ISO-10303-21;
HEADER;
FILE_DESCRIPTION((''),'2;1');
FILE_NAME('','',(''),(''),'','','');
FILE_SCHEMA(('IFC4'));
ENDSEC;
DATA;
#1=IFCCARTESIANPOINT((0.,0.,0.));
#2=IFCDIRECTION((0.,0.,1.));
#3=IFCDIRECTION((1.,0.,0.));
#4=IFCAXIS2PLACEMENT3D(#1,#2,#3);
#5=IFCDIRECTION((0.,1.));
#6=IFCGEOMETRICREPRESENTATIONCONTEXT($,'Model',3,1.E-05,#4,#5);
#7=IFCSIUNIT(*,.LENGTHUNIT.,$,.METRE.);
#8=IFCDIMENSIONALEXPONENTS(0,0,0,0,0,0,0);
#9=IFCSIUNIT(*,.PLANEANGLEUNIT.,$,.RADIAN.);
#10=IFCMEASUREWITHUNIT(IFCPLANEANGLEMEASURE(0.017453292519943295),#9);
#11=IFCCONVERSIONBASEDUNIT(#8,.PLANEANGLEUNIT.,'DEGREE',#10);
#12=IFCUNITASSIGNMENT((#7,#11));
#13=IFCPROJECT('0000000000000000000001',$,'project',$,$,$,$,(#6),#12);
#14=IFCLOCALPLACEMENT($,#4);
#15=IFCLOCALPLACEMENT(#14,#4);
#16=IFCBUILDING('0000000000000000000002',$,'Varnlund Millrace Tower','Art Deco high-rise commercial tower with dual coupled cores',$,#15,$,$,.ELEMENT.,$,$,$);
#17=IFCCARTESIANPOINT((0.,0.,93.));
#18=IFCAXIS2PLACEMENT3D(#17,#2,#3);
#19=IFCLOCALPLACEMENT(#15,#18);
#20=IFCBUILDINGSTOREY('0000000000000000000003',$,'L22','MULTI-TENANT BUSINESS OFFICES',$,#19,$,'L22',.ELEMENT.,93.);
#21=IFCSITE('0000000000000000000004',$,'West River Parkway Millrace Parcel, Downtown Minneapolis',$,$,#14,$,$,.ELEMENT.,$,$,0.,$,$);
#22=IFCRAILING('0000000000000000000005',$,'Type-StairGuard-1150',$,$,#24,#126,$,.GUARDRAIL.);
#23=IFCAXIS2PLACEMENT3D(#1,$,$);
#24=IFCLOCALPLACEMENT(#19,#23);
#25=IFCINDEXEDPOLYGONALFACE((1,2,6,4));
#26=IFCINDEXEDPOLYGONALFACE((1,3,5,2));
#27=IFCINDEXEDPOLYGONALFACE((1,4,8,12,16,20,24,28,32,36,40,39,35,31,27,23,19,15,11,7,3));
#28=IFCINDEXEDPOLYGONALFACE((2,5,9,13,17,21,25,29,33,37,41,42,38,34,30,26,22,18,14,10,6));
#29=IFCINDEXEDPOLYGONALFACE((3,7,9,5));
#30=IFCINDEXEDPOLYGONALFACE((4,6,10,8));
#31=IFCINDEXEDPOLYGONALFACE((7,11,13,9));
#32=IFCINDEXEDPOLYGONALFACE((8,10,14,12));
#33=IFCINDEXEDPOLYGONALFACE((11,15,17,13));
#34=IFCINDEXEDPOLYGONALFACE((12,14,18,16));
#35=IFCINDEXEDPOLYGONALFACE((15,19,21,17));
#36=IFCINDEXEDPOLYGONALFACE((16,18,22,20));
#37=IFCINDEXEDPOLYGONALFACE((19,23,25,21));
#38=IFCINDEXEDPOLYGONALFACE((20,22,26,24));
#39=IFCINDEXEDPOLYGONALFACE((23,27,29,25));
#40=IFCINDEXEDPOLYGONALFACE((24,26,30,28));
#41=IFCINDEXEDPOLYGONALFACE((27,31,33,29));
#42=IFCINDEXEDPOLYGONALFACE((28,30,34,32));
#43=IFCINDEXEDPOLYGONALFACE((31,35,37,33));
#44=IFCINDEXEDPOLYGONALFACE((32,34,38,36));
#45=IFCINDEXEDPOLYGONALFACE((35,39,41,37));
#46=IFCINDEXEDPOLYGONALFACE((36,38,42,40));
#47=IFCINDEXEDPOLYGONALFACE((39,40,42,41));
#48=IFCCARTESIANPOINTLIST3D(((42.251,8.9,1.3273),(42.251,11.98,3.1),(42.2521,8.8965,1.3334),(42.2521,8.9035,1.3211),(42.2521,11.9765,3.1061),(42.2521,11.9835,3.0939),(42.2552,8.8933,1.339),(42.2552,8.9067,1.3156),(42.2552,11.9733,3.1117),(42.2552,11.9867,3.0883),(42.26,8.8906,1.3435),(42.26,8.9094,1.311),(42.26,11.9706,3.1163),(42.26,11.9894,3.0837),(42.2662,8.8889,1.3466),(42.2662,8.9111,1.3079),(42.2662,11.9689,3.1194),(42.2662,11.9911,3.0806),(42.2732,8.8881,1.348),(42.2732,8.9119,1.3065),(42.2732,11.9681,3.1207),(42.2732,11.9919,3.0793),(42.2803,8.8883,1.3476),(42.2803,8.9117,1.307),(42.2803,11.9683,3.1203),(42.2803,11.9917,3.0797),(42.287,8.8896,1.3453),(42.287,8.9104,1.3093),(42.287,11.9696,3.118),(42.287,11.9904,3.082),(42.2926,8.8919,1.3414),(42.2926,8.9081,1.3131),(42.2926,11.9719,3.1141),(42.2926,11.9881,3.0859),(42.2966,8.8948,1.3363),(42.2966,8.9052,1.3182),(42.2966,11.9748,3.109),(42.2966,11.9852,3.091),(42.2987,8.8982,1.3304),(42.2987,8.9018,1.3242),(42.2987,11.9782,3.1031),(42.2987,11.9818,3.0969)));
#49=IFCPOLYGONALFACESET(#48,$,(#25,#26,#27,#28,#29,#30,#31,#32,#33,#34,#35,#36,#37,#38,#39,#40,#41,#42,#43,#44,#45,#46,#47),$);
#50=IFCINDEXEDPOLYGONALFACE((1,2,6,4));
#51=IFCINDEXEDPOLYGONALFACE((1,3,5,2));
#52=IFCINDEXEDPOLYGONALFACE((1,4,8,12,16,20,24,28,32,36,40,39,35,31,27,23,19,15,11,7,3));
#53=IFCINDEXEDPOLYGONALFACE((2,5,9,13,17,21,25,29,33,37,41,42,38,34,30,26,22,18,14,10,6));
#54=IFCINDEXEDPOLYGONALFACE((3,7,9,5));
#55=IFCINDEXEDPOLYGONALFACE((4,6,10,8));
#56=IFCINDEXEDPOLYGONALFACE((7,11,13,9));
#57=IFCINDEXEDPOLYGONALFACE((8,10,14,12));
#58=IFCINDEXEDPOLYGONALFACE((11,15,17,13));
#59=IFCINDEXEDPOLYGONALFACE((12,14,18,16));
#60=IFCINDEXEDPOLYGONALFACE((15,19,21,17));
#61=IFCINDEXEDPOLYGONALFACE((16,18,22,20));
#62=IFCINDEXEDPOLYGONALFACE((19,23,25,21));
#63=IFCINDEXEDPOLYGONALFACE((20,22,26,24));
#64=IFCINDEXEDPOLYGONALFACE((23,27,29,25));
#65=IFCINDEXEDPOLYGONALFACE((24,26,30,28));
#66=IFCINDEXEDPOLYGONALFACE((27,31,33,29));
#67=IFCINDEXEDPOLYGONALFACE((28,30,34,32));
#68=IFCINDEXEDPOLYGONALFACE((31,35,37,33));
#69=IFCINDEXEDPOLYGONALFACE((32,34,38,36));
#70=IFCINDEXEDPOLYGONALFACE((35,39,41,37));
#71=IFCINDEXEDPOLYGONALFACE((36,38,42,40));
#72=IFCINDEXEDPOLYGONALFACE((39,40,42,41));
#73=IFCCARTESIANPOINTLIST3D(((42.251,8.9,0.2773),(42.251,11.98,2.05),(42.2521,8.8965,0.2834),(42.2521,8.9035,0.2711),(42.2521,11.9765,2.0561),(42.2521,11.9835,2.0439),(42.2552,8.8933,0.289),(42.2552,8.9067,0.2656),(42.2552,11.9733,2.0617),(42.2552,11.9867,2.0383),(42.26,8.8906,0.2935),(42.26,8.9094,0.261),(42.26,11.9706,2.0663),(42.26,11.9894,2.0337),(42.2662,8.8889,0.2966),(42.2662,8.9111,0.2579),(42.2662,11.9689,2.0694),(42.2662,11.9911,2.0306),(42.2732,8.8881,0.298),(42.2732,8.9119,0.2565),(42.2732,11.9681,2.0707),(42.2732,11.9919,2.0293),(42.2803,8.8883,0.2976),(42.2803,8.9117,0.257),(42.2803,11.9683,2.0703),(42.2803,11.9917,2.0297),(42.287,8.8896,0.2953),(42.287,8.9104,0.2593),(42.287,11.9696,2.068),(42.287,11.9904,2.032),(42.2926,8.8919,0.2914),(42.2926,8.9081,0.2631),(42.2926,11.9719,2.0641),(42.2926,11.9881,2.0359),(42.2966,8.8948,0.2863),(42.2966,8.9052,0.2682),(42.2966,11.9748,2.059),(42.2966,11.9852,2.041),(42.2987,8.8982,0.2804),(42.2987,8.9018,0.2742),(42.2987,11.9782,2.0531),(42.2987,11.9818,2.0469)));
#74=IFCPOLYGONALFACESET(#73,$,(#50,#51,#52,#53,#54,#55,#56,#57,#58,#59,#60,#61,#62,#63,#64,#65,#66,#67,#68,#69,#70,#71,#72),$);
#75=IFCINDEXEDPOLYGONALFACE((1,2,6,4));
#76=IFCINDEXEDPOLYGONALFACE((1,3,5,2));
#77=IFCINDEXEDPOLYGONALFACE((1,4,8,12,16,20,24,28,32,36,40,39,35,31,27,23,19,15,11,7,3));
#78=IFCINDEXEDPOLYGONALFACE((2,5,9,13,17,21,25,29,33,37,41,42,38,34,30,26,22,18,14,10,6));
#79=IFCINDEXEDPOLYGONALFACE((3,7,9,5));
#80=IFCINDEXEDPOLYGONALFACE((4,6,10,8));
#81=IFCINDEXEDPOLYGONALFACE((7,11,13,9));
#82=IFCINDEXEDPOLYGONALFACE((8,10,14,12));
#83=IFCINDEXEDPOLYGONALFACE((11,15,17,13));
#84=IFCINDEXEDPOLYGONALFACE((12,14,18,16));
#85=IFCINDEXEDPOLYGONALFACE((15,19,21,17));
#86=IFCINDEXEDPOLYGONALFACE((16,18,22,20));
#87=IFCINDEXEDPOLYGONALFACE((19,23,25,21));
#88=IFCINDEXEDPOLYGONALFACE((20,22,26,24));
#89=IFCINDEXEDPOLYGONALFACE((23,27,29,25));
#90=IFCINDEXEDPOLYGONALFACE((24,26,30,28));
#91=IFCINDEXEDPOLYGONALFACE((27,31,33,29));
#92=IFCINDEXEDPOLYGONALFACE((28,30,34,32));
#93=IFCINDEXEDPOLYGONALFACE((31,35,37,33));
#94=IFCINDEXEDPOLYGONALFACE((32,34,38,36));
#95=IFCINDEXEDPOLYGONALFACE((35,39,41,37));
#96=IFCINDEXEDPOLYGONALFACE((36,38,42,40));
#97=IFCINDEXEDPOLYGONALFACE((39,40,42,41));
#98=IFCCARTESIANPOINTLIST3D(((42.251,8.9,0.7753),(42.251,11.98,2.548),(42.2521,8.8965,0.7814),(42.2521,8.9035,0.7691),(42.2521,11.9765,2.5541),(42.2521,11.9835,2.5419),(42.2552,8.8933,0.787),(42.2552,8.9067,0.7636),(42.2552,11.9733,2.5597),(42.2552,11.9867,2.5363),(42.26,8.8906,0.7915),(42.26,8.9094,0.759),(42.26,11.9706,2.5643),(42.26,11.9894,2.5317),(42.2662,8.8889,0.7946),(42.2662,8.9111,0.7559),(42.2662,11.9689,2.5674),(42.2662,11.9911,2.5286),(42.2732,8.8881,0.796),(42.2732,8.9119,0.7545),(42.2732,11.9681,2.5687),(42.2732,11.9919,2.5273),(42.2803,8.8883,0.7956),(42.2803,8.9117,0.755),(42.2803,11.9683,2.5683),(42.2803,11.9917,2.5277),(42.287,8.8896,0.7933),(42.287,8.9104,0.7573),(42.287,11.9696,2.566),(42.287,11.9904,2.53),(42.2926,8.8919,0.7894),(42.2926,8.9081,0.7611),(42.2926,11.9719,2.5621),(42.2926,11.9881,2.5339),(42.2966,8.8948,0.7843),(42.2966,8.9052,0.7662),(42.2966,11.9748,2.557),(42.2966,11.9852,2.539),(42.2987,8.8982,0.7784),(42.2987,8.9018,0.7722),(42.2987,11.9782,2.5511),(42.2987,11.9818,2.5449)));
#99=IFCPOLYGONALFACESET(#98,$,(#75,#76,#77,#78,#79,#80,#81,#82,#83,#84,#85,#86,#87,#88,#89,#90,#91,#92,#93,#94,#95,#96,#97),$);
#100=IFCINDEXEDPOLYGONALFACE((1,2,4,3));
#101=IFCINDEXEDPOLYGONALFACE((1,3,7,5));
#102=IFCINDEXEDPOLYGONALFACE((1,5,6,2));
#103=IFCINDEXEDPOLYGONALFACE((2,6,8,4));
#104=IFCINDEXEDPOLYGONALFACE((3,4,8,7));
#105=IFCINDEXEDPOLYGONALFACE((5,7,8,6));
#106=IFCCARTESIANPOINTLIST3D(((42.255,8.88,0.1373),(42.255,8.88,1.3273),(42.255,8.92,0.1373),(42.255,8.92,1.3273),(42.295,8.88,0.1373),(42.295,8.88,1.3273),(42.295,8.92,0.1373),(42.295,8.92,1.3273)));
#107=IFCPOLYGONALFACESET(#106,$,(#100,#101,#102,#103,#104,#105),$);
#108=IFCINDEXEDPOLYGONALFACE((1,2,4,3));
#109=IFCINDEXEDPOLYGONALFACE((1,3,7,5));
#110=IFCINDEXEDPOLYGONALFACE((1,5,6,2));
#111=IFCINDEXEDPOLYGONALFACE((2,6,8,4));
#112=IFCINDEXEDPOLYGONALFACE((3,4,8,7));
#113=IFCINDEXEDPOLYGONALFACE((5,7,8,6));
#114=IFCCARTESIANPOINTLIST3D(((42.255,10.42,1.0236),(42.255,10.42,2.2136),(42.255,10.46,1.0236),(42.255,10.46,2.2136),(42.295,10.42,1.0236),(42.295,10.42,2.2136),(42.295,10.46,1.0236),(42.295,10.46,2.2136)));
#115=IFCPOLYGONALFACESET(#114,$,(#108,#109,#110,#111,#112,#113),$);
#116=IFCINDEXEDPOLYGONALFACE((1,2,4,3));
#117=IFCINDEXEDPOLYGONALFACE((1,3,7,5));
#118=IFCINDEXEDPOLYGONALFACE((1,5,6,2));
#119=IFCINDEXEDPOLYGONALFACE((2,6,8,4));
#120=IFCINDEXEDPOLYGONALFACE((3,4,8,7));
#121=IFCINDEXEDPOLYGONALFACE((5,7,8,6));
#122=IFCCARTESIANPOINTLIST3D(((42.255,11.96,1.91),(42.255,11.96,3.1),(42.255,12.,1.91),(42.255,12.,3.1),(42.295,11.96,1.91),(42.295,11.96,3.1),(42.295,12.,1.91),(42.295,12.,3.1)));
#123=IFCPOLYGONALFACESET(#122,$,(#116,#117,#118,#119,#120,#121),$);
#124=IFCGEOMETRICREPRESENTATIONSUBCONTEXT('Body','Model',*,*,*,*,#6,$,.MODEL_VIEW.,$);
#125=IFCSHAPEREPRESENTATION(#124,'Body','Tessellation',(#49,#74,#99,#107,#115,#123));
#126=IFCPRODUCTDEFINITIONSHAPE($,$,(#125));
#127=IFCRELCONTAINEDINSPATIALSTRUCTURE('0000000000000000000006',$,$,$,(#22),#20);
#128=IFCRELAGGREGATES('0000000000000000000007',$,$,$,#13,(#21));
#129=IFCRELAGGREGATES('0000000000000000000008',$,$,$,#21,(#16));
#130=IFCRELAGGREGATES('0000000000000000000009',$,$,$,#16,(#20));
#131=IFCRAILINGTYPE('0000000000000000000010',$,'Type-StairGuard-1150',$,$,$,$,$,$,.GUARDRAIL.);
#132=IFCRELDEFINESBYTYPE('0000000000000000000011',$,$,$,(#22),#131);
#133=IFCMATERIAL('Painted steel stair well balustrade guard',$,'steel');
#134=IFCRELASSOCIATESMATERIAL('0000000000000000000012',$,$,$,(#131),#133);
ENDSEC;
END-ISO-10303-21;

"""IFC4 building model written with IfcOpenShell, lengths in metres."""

from ifc_helpers import new_model, entity, si_unit, converted_unit, direction, frame, origin_with_axes, origin_2d_with_axis, place, context, subcontext, project, spatial, rectangle, circle, extrude, material, type_object, element, save


model = new_model("IFC4")

# Units and contexts
model_context = context("Model", 3, precision=1e-05, world=origin_with_axes(), true_north=direction((0.0, 1.0)))
body_context = subcontext(model_context, "Body", "Model", "MODEL_VIEW")
ifc_project = project(units=[si_unit("LENGTHUNIT", "METRE"), converted_unit("PLANEANGLEUNIT", "DEGREE", entity("IfcPlaneAngleMeasure", 0.017453292519943295), si_unit("PLANEANGLEUNIT", "RADIAN"), dimensions=[0, 0, 0, 0, 0, 0, 0])], contexts=[model_context])

# Site, building, storey
site_placement = place(None, origin_with_axes())
site = spatial("IfcSite", under=ifc_project, at=site_placement, Name="West River Parkway Millrace Parcel, Downtown Minneapolis", CompositionType="ELEMENT", RefElevation=0.0)
building_placement = place(site_placement, origin_with_axes())
building = spatial("IfcBuilding", under=site, at=building_placement, Name="Varnlund Millrace Tower", Description="Art Deco high-rise commercial tower with dual coupled cores", CompositionType="ELEMENT")
storey_placement = place(building_placement, frame((0.0, 0.0, 93.0), z_axis=(0.0, 0.0, 1.0), x_axis=(1.0, 0.0, 0.0)))
storey = spatial("IfcBuildingStorey", under=building, at=storey_placement, Name="L22", Description="MULTI-TENANT BUSINESS OFFICES", LongName="L22", CompositionType="ELEMENT", Elevation=93.0)

# Railing
ifc_material_1 = material(Name="Painted steel stair well balustrade guard", Category="steel")
railing_type_1 = type_object("IfcRailingType", Name="Type-StairGuard-1150", PredefinedType="GUARDRAIL", material=ifc_material_1)
railing_1_placement = place(storey_placement, frame((0.0, 0.0, -93.0), z_axis=(0.0, 0.0, 1.0), x_axis=(1.0, 0.0, 0.0)))
element("IfcRailing", 1, at=railing_1_placement, inside=storey, type_object=railing_type_1, Name="Type-StairGuard-1150", PredefinedType="GUARDRAIL", context=body_context, shape_type="SweptSolid", body=[
    extrude(circle(Radius=0.024, at=origin_2d_with_axis()), frame((42.275, 8.9, 94.3273), z_axis=(0.0, 0.866696, 0.498836), x_axis=(-1.0, 0.0, 0.0)), (0.0, 0.0, 1.0), 3.5537),
    extrude(circle(Radius=0.024, at=origin_2d_with_axis()), frame((42.275, 8.9, 93.2773), z_axis=(0.0, 0.866696, 0.498836), x_axis=(-1.0, 0.0, 0.0)), (0.0, 0.0, 1.0), 3.5537),
    extrude(circle(Radius=0.024, at=origin_2d_with_axis()), frame((42.275, 8.9, 93.7753), z_axis=(0.0, 0.866696, 0.498836), x_axis=(-1.0, 0.0, 0.0)), (0.0, 0.0, 1.0), 3.5537),
    extrude(rectangle(XDim=0.04, YDim=0.04, at=origin_2d_with_axis()), frame((42.275, 8.9, 93.1373), z_axis=(0.0, 0.0, 1.0), x_axis=(1.0, 0.0, 0.0)), (0.0, 0.0, 1.0), 1.19),
    extrude(rectangle(XDim=0.04, YDim=0.04, at=origin_2d_with_axis()), frame((42.275, 10.44, 94.0236), z_axis=(0.0, 0.0, 1.0), x_axis=(1.0, 0.0, 0.0)), (0.0, 0.0, 1.0), 1.19),
    extrude(rectangle(XDim=0.04, YDim=0.04, at=origin_2d_with_axis()), frame((42.275, 11.98, 94.91), z_axis=(0.0, 0.0, 1.0), x_axis=(1.0, 0.0, 0.0)), (0.0, 0.0, 1.0), 1.19),
])

save(model, "model.ifc")
